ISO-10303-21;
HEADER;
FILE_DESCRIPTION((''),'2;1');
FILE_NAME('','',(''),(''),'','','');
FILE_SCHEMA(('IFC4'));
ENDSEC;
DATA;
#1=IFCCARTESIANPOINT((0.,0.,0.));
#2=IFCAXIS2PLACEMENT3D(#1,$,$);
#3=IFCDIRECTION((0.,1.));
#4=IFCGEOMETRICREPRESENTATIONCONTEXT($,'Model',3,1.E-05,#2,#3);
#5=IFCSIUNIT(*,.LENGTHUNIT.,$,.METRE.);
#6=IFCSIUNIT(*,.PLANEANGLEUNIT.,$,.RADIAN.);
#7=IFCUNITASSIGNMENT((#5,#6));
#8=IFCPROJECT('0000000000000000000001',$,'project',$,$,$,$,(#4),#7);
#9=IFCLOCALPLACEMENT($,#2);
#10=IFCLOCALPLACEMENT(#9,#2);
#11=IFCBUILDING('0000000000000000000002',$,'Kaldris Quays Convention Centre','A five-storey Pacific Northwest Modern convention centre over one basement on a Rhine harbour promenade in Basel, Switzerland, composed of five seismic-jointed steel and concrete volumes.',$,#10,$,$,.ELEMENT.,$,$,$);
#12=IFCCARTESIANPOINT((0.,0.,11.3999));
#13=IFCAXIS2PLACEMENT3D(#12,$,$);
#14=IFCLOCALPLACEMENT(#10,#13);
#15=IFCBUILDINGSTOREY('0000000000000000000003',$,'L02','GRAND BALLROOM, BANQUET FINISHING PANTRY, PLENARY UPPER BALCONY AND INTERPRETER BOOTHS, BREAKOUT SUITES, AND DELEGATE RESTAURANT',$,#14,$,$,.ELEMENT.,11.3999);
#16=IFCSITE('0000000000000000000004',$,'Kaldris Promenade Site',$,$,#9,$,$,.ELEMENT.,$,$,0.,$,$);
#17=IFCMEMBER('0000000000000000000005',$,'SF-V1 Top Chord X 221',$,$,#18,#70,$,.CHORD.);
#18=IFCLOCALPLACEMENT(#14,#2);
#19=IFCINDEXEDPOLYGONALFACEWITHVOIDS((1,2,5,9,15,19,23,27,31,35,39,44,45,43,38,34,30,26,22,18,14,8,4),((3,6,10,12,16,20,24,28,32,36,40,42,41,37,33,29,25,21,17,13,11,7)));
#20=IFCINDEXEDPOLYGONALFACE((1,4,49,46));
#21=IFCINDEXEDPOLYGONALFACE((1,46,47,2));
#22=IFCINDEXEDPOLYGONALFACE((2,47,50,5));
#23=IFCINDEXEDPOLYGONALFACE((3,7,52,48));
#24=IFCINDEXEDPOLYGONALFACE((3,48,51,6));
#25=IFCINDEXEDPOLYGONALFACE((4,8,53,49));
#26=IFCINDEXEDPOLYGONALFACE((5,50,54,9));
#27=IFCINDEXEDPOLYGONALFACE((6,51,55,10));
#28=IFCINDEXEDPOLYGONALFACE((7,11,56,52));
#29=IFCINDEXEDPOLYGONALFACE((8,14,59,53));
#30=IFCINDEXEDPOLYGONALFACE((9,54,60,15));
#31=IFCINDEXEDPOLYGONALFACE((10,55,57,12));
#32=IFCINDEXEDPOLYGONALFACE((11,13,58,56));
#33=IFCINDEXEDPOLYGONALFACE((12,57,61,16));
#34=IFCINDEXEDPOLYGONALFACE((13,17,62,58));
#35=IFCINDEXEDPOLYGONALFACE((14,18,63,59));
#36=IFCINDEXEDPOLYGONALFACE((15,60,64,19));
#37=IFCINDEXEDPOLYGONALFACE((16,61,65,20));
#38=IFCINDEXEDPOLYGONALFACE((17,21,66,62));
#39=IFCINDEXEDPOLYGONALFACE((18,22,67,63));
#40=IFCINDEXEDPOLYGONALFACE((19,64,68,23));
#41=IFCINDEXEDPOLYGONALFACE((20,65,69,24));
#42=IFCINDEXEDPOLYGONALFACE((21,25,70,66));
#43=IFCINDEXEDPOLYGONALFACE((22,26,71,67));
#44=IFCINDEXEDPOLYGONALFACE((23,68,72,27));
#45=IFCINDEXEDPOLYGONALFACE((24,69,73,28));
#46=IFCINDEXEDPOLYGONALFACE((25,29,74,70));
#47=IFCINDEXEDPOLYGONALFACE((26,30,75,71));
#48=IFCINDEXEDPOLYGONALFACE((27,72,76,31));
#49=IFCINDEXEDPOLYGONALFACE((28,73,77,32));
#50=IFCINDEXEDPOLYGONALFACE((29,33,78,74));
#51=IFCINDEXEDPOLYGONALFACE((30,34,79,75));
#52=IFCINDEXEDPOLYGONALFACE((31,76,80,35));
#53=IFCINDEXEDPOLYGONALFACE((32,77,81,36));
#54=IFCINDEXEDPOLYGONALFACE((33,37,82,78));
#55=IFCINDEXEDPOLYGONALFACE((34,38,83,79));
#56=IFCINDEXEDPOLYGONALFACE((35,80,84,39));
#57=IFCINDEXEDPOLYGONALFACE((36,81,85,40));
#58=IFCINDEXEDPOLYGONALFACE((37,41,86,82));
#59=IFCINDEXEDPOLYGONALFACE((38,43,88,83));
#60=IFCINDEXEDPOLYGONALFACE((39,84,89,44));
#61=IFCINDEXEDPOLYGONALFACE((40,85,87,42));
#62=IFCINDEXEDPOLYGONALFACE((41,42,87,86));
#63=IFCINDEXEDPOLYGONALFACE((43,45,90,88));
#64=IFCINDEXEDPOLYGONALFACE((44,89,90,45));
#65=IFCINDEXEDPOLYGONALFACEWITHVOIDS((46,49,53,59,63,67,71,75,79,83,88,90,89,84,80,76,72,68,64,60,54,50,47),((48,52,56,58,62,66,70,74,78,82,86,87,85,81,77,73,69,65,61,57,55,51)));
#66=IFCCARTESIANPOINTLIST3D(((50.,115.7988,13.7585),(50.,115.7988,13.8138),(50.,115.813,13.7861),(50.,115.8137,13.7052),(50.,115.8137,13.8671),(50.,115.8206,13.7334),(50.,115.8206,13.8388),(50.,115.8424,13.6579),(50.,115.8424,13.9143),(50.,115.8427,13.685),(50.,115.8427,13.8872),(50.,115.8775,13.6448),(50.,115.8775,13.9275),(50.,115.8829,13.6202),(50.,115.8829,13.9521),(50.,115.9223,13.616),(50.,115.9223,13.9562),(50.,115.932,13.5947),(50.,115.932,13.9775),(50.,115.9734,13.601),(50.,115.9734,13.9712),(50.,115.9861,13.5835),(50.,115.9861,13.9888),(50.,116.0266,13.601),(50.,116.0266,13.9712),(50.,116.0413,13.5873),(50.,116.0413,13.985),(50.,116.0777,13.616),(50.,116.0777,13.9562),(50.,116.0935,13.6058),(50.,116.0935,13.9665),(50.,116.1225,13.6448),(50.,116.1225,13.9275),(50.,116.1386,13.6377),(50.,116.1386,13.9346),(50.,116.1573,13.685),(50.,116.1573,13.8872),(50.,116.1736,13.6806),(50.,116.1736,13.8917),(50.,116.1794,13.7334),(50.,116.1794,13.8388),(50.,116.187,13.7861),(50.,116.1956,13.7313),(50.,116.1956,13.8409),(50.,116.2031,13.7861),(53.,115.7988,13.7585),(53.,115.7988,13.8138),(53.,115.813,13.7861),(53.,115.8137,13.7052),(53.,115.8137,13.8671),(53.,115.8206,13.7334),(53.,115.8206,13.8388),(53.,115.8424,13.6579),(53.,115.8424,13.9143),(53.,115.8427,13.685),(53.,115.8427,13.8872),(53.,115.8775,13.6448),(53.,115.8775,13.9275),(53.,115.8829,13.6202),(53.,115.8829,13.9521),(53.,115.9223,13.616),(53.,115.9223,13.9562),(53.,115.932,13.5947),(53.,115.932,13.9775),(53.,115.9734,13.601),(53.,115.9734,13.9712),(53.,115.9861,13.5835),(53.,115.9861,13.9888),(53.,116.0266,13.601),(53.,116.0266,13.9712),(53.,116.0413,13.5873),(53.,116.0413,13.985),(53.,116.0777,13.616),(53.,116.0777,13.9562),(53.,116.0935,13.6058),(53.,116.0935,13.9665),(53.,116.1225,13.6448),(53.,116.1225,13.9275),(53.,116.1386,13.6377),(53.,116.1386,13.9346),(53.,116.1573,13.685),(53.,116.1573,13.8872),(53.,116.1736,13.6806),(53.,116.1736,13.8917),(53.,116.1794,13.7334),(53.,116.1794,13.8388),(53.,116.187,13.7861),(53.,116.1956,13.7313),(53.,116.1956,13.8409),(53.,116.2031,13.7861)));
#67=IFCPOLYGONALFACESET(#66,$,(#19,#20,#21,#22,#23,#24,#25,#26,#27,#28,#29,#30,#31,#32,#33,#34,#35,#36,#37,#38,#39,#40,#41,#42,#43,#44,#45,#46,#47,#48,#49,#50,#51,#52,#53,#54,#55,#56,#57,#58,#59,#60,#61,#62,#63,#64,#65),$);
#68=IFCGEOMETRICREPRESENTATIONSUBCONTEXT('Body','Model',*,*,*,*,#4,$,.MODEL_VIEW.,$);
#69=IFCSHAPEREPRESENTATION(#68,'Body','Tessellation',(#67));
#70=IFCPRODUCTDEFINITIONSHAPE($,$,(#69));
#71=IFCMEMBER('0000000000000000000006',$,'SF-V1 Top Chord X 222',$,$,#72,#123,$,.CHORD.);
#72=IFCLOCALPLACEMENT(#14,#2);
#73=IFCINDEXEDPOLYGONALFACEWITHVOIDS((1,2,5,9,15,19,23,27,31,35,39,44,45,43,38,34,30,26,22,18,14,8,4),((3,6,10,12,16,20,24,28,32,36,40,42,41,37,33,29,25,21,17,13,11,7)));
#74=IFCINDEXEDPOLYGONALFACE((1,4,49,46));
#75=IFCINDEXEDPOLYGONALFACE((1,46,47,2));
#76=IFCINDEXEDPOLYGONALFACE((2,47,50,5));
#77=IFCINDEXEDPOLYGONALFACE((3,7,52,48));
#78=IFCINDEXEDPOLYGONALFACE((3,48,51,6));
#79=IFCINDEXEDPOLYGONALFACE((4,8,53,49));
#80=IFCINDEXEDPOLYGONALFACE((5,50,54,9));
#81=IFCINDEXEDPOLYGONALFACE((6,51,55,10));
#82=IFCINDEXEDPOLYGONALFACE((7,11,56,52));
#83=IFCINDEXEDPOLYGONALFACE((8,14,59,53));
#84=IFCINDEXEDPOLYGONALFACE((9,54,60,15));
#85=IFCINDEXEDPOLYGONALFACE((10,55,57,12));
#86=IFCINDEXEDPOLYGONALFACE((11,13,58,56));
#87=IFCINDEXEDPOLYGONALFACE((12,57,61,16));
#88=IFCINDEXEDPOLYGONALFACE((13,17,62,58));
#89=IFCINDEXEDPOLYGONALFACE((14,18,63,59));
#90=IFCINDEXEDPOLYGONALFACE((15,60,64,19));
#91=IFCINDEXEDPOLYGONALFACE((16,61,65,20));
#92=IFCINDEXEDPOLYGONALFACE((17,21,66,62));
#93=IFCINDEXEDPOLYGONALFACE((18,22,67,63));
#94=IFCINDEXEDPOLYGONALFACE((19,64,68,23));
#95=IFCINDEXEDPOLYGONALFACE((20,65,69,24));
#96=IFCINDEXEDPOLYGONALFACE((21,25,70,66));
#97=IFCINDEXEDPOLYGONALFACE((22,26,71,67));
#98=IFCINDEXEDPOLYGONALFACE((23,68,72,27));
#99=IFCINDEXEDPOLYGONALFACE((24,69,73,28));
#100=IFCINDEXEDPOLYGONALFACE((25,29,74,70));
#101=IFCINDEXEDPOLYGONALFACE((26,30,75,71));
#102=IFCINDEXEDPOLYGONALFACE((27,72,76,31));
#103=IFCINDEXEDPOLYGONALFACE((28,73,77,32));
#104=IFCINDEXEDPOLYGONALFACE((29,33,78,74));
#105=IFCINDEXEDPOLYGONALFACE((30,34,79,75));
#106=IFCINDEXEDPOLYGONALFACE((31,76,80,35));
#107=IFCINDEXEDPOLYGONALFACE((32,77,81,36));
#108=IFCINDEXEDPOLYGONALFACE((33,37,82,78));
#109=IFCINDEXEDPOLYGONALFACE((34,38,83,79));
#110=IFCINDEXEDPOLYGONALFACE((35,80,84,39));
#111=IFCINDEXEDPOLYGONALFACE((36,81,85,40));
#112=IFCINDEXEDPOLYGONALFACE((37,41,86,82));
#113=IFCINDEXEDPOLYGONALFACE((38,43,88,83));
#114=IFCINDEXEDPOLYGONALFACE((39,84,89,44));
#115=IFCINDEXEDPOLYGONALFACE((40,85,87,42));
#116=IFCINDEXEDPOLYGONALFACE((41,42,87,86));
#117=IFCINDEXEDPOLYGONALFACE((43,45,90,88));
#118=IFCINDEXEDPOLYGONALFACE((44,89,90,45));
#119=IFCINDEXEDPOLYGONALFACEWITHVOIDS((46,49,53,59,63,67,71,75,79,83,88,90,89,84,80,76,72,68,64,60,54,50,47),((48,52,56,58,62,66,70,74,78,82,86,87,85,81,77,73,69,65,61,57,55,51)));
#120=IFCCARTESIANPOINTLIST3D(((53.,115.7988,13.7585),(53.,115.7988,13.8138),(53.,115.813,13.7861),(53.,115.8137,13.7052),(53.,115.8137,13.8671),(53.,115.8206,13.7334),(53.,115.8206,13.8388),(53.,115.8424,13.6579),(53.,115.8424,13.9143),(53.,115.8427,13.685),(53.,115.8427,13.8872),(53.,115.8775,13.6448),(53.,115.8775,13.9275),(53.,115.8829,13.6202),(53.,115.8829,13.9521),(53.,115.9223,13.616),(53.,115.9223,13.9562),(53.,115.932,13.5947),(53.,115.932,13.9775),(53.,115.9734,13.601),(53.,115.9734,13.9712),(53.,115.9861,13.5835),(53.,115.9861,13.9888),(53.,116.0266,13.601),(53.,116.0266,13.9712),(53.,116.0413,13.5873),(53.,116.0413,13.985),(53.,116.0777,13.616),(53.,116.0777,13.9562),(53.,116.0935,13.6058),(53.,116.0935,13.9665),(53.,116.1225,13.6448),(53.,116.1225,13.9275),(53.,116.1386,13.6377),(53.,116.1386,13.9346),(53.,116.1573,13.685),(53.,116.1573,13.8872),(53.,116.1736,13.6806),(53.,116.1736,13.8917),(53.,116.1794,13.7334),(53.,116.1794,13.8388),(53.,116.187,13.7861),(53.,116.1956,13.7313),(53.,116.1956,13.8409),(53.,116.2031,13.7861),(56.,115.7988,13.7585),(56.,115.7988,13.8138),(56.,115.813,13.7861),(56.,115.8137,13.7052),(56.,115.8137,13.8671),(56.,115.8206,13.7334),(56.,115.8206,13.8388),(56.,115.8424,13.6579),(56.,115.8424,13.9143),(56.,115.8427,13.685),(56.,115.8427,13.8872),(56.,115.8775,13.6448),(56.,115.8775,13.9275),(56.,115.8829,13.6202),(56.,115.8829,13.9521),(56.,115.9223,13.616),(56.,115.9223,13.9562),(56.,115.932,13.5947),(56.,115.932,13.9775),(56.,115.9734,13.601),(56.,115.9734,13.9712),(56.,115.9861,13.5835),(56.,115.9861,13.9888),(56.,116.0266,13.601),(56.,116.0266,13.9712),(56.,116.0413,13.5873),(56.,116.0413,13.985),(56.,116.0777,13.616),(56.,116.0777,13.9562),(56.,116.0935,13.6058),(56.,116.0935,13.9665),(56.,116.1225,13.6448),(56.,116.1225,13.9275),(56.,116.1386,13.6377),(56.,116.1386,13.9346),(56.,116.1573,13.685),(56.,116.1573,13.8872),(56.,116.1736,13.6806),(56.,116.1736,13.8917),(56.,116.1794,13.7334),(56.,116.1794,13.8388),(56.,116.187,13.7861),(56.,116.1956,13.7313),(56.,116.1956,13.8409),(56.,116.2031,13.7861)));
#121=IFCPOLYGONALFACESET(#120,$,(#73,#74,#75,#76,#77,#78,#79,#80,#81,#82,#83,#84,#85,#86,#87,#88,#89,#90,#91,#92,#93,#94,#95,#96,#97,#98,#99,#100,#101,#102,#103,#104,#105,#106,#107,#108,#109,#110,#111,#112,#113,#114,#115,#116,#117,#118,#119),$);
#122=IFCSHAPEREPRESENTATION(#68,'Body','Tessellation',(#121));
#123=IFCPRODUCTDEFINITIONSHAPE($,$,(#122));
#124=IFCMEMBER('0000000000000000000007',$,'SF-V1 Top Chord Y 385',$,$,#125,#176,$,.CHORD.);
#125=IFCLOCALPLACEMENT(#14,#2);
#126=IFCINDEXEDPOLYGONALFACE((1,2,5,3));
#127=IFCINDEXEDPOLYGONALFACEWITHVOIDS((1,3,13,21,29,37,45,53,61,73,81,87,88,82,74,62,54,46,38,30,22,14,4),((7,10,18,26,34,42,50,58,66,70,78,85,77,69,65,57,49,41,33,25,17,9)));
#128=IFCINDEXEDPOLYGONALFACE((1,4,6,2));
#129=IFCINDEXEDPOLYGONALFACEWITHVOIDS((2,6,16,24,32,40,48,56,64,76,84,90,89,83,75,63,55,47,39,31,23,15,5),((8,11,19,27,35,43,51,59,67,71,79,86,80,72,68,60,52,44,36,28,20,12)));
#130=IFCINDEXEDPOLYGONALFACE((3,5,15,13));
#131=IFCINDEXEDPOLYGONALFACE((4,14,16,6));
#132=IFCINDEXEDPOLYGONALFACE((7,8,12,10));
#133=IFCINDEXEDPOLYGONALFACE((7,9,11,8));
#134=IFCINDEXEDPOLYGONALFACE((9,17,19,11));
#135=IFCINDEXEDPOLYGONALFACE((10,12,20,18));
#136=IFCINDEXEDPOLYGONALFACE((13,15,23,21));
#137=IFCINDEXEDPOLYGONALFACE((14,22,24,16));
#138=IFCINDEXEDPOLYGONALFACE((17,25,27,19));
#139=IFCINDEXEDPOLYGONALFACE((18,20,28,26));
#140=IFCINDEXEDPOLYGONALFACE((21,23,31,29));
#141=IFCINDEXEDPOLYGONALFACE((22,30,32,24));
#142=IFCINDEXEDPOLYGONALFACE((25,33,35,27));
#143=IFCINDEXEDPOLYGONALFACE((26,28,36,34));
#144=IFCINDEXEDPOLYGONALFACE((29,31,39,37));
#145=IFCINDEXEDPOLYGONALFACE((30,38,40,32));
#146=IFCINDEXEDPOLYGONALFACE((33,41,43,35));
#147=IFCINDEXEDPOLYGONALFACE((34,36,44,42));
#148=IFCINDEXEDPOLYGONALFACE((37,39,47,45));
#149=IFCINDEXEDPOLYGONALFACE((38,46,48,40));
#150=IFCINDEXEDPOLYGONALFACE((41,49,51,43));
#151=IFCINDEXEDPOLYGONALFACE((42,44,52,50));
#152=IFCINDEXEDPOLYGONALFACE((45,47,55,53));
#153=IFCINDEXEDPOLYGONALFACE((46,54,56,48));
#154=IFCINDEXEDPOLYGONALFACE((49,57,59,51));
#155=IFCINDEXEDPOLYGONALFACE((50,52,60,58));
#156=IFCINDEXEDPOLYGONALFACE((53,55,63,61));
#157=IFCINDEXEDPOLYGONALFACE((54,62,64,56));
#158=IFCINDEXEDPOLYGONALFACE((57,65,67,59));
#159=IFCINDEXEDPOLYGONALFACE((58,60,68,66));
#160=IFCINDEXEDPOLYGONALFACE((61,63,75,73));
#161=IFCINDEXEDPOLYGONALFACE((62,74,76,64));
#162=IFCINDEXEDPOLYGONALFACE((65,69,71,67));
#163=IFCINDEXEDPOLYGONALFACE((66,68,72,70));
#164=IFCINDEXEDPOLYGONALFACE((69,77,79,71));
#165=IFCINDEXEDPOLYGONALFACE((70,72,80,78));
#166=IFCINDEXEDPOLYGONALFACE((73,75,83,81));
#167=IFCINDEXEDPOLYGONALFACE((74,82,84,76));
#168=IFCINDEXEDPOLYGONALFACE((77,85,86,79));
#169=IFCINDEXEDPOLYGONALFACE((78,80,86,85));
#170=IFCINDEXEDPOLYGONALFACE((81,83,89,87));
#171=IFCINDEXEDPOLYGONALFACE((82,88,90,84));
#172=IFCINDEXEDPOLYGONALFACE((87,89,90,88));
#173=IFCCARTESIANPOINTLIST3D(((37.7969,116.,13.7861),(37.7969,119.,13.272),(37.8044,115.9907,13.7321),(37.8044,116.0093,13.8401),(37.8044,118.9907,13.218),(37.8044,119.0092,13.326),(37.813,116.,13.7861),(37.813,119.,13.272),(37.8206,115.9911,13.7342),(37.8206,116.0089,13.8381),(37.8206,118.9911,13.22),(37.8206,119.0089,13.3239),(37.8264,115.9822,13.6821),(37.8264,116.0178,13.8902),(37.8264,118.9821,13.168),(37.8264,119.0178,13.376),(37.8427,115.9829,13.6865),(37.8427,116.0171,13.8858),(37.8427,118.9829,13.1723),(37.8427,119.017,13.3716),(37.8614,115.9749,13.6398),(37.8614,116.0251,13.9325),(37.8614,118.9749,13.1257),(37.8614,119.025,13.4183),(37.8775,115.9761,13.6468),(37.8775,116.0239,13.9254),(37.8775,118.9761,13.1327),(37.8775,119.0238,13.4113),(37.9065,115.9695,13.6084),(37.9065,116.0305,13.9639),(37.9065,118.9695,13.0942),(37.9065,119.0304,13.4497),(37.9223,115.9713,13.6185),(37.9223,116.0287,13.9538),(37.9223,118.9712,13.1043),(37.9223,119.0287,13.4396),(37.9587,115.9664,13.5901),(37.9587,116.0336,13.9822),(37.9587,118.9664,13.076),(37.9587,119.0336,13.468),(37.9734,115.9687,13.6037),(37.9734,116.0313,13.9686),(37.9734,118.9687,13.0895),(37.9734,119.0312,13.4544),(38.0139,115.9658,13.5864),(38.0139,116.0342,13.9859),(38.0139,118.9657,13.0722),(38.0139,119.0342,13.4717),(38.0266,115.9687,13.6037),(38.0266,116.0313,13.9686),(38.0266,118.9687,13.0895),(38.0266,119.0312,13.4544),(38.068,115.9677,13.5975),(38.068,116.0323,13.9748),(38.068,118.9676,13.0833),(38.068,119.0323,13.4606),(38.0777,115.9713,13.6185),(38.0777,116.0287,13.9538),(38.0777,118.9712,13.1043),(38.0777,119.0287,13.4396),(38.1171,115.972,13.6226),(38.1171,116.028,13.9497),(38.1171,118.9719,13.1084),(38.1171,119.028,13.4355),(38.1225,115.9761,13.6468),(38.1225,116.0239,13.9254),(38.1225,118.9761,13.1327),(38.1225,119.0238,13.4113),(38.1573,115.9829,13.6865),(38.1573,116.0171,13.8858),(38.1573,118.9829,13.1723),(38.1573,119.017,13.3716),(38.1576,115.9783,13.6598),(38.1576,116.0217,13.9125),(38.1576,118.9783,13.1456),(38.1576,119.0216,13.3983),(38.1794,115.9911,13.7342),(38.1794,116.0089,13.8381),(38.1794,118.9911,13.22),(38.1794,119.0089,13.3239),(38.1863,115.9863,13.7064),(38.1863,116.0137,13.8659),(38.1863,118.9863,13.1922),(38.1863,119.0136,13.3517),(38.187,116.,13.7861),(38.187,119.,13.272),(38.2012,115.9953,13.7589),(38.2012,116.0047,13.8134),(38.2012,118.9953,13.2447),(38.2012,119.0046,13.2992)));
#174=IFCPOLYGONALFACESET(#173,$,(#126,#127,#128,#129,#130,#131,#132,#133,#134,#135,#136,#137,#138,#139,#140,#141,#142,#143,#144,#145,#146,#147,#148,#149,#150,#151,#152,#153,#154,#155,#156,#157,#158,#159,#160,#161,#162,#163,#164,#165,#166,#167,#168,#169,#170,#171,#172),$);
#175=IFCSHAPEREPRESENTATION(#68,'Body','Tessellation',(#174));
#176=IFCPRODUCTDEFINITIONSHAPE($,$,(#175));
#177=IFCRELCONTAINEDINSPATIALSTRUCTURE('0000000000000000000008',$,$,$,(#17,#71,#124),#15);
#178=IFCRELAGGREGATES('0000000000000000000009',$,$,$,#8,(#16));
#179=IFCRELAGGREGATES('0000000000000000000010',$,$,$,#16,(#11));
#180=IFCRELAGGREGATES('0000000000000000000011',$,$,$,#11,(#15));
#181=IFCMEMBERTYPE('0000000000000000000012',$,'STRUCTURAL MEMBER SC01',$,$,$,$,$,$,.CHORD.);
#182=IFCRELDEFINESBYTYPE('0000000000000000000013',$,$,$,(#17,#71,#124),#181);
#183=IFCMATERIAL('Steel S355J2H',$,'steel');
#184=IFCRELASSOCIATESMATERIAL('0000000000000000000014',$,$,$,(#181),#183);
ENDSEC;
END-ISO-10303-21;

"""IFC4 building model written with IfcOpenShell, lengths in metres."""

from ifc_helpers import new_model, si_unit, direction, frame, origin, origin_2d, place, context, subcontext, project, spatial, hollow_circle, extrude, material, material_profile, profile_set, type_object, element, save


model = new_model("IFC4")

# Units and contexts
model_context = context("Model", 3, precision=1e-05, world=origin(), true_north=direction((0.0, 1.0)))
body_context = subcontext(model_context, "Body", "Model", "MODEL_VIEW")
ifc_project = project(units=[si_unit("LENGTHUNIT", "METRE"), si_unit("PLANEANGLEUNIT", "RADIAN")], contexts=[model_context])

# Site, building, storey
site_placement = place(None, origin())
site = spatial("IfcSite", under=ifc_project, at=site_placement, Name="Kaldris Promenade Site", CompositionType="ELEMENT", RefElevation=0.0)
building_placement = place(site_placement, origin())
building = spatial("IfcBuilding", under=site, at=building_placement, Name="Kaldris Quays Convention Centre", Description="A five-storey Pacific Northwest Modern convention centre over one basement on a Rhine harbour promenade in Basel, Switzerland, composed of five seismic-jointed steel and concrete volumes.", CompositionType="ELEMENT")
storey_placement = place(building_placement, frame((0.0, 0.0, 11.3999)))
storey = spatial("IfcBuildingStorey", under=building, at=storey_placement, Name="L02", Description="GRAND BALLROOM, BANQUET FINISHING PANTRY, PLENARY UPPER BALCONY AND INTERPRETER BOOTHS, BREAKOUT SUITES, AND DELEGATE RESTAURANT", CompositionType="ELEMENT", Elevation=11.3999)

# Members
ifc_material = material(Name="Steel S355J2H", Category="steel")
ifc_material_profile_1 = material_profile(ifc_material, hollow_circle(Radius=0.2031, WallThickness=0.0161, at=origin_2d()), Name="CHS 406.4x16")
ifc_profile_set_1 = profile_set([ifc_material_profile_1], Name="Steel S355J2H")
member_type_1 = type_object("IfcMemberType", Name="STRUCTURAL MEMBER SC01", PredefinedType="CHORD", material=ifc_profile_set_1)
for number, where, z_axis, x_axis, name in (
    (1, (50.0, 116.0, 13.7861), (1.0, 0.0, 0.0), (0.0, 1.0, 0.0), "SF-V1 Top Chord X 221"),
    (2, (53.0, 116.0, 13.7861), (1.0, 0.0, 0.0), (0.0, 1.0, 0.0), "SF-V1 Top Chord X 222"),
):
    element("IfcMember", number, at=place(storey_placement, frame(where, z_axis=z_axis, x_axis=x_axis)), inside=storey, type_object=member_type_1, Name=name, PredefinedType="CHORD", context=body_context, shape_type="SweptSolid", body=[
        extrude(hollow_circle(Radius=0.2031, WallThickness=0.0161, at=origin_2d()), origin(), (0.0, 0.0, 1.0), 3.0),
    ])
for number, where, z_axis, x_axis, name in (
    (3, (38.0, 116.0, 13.7861), (0.0, 0.985629, -0.168924), (-1.0, 0.0, 0.0), "SF-V1 Top Chord Y 385"),
):
    element("IfcMember", number, at=place(storey_placement, frame(where, z_axis=z_axis, x_axis=x_axis)), inside=storey, type_object=member_type_1, Name=name, PredefinedType="CHORD", context=body_context, shape_type="SweptSolid", body=[
        extrude(hollow_circle(Radius=0.2031, WallThickness=0.0161, at=origin_2d()), origin(), (0.0, 0.0, 1.0), 3.0437),
    ])

save(model, "model.ifc")
